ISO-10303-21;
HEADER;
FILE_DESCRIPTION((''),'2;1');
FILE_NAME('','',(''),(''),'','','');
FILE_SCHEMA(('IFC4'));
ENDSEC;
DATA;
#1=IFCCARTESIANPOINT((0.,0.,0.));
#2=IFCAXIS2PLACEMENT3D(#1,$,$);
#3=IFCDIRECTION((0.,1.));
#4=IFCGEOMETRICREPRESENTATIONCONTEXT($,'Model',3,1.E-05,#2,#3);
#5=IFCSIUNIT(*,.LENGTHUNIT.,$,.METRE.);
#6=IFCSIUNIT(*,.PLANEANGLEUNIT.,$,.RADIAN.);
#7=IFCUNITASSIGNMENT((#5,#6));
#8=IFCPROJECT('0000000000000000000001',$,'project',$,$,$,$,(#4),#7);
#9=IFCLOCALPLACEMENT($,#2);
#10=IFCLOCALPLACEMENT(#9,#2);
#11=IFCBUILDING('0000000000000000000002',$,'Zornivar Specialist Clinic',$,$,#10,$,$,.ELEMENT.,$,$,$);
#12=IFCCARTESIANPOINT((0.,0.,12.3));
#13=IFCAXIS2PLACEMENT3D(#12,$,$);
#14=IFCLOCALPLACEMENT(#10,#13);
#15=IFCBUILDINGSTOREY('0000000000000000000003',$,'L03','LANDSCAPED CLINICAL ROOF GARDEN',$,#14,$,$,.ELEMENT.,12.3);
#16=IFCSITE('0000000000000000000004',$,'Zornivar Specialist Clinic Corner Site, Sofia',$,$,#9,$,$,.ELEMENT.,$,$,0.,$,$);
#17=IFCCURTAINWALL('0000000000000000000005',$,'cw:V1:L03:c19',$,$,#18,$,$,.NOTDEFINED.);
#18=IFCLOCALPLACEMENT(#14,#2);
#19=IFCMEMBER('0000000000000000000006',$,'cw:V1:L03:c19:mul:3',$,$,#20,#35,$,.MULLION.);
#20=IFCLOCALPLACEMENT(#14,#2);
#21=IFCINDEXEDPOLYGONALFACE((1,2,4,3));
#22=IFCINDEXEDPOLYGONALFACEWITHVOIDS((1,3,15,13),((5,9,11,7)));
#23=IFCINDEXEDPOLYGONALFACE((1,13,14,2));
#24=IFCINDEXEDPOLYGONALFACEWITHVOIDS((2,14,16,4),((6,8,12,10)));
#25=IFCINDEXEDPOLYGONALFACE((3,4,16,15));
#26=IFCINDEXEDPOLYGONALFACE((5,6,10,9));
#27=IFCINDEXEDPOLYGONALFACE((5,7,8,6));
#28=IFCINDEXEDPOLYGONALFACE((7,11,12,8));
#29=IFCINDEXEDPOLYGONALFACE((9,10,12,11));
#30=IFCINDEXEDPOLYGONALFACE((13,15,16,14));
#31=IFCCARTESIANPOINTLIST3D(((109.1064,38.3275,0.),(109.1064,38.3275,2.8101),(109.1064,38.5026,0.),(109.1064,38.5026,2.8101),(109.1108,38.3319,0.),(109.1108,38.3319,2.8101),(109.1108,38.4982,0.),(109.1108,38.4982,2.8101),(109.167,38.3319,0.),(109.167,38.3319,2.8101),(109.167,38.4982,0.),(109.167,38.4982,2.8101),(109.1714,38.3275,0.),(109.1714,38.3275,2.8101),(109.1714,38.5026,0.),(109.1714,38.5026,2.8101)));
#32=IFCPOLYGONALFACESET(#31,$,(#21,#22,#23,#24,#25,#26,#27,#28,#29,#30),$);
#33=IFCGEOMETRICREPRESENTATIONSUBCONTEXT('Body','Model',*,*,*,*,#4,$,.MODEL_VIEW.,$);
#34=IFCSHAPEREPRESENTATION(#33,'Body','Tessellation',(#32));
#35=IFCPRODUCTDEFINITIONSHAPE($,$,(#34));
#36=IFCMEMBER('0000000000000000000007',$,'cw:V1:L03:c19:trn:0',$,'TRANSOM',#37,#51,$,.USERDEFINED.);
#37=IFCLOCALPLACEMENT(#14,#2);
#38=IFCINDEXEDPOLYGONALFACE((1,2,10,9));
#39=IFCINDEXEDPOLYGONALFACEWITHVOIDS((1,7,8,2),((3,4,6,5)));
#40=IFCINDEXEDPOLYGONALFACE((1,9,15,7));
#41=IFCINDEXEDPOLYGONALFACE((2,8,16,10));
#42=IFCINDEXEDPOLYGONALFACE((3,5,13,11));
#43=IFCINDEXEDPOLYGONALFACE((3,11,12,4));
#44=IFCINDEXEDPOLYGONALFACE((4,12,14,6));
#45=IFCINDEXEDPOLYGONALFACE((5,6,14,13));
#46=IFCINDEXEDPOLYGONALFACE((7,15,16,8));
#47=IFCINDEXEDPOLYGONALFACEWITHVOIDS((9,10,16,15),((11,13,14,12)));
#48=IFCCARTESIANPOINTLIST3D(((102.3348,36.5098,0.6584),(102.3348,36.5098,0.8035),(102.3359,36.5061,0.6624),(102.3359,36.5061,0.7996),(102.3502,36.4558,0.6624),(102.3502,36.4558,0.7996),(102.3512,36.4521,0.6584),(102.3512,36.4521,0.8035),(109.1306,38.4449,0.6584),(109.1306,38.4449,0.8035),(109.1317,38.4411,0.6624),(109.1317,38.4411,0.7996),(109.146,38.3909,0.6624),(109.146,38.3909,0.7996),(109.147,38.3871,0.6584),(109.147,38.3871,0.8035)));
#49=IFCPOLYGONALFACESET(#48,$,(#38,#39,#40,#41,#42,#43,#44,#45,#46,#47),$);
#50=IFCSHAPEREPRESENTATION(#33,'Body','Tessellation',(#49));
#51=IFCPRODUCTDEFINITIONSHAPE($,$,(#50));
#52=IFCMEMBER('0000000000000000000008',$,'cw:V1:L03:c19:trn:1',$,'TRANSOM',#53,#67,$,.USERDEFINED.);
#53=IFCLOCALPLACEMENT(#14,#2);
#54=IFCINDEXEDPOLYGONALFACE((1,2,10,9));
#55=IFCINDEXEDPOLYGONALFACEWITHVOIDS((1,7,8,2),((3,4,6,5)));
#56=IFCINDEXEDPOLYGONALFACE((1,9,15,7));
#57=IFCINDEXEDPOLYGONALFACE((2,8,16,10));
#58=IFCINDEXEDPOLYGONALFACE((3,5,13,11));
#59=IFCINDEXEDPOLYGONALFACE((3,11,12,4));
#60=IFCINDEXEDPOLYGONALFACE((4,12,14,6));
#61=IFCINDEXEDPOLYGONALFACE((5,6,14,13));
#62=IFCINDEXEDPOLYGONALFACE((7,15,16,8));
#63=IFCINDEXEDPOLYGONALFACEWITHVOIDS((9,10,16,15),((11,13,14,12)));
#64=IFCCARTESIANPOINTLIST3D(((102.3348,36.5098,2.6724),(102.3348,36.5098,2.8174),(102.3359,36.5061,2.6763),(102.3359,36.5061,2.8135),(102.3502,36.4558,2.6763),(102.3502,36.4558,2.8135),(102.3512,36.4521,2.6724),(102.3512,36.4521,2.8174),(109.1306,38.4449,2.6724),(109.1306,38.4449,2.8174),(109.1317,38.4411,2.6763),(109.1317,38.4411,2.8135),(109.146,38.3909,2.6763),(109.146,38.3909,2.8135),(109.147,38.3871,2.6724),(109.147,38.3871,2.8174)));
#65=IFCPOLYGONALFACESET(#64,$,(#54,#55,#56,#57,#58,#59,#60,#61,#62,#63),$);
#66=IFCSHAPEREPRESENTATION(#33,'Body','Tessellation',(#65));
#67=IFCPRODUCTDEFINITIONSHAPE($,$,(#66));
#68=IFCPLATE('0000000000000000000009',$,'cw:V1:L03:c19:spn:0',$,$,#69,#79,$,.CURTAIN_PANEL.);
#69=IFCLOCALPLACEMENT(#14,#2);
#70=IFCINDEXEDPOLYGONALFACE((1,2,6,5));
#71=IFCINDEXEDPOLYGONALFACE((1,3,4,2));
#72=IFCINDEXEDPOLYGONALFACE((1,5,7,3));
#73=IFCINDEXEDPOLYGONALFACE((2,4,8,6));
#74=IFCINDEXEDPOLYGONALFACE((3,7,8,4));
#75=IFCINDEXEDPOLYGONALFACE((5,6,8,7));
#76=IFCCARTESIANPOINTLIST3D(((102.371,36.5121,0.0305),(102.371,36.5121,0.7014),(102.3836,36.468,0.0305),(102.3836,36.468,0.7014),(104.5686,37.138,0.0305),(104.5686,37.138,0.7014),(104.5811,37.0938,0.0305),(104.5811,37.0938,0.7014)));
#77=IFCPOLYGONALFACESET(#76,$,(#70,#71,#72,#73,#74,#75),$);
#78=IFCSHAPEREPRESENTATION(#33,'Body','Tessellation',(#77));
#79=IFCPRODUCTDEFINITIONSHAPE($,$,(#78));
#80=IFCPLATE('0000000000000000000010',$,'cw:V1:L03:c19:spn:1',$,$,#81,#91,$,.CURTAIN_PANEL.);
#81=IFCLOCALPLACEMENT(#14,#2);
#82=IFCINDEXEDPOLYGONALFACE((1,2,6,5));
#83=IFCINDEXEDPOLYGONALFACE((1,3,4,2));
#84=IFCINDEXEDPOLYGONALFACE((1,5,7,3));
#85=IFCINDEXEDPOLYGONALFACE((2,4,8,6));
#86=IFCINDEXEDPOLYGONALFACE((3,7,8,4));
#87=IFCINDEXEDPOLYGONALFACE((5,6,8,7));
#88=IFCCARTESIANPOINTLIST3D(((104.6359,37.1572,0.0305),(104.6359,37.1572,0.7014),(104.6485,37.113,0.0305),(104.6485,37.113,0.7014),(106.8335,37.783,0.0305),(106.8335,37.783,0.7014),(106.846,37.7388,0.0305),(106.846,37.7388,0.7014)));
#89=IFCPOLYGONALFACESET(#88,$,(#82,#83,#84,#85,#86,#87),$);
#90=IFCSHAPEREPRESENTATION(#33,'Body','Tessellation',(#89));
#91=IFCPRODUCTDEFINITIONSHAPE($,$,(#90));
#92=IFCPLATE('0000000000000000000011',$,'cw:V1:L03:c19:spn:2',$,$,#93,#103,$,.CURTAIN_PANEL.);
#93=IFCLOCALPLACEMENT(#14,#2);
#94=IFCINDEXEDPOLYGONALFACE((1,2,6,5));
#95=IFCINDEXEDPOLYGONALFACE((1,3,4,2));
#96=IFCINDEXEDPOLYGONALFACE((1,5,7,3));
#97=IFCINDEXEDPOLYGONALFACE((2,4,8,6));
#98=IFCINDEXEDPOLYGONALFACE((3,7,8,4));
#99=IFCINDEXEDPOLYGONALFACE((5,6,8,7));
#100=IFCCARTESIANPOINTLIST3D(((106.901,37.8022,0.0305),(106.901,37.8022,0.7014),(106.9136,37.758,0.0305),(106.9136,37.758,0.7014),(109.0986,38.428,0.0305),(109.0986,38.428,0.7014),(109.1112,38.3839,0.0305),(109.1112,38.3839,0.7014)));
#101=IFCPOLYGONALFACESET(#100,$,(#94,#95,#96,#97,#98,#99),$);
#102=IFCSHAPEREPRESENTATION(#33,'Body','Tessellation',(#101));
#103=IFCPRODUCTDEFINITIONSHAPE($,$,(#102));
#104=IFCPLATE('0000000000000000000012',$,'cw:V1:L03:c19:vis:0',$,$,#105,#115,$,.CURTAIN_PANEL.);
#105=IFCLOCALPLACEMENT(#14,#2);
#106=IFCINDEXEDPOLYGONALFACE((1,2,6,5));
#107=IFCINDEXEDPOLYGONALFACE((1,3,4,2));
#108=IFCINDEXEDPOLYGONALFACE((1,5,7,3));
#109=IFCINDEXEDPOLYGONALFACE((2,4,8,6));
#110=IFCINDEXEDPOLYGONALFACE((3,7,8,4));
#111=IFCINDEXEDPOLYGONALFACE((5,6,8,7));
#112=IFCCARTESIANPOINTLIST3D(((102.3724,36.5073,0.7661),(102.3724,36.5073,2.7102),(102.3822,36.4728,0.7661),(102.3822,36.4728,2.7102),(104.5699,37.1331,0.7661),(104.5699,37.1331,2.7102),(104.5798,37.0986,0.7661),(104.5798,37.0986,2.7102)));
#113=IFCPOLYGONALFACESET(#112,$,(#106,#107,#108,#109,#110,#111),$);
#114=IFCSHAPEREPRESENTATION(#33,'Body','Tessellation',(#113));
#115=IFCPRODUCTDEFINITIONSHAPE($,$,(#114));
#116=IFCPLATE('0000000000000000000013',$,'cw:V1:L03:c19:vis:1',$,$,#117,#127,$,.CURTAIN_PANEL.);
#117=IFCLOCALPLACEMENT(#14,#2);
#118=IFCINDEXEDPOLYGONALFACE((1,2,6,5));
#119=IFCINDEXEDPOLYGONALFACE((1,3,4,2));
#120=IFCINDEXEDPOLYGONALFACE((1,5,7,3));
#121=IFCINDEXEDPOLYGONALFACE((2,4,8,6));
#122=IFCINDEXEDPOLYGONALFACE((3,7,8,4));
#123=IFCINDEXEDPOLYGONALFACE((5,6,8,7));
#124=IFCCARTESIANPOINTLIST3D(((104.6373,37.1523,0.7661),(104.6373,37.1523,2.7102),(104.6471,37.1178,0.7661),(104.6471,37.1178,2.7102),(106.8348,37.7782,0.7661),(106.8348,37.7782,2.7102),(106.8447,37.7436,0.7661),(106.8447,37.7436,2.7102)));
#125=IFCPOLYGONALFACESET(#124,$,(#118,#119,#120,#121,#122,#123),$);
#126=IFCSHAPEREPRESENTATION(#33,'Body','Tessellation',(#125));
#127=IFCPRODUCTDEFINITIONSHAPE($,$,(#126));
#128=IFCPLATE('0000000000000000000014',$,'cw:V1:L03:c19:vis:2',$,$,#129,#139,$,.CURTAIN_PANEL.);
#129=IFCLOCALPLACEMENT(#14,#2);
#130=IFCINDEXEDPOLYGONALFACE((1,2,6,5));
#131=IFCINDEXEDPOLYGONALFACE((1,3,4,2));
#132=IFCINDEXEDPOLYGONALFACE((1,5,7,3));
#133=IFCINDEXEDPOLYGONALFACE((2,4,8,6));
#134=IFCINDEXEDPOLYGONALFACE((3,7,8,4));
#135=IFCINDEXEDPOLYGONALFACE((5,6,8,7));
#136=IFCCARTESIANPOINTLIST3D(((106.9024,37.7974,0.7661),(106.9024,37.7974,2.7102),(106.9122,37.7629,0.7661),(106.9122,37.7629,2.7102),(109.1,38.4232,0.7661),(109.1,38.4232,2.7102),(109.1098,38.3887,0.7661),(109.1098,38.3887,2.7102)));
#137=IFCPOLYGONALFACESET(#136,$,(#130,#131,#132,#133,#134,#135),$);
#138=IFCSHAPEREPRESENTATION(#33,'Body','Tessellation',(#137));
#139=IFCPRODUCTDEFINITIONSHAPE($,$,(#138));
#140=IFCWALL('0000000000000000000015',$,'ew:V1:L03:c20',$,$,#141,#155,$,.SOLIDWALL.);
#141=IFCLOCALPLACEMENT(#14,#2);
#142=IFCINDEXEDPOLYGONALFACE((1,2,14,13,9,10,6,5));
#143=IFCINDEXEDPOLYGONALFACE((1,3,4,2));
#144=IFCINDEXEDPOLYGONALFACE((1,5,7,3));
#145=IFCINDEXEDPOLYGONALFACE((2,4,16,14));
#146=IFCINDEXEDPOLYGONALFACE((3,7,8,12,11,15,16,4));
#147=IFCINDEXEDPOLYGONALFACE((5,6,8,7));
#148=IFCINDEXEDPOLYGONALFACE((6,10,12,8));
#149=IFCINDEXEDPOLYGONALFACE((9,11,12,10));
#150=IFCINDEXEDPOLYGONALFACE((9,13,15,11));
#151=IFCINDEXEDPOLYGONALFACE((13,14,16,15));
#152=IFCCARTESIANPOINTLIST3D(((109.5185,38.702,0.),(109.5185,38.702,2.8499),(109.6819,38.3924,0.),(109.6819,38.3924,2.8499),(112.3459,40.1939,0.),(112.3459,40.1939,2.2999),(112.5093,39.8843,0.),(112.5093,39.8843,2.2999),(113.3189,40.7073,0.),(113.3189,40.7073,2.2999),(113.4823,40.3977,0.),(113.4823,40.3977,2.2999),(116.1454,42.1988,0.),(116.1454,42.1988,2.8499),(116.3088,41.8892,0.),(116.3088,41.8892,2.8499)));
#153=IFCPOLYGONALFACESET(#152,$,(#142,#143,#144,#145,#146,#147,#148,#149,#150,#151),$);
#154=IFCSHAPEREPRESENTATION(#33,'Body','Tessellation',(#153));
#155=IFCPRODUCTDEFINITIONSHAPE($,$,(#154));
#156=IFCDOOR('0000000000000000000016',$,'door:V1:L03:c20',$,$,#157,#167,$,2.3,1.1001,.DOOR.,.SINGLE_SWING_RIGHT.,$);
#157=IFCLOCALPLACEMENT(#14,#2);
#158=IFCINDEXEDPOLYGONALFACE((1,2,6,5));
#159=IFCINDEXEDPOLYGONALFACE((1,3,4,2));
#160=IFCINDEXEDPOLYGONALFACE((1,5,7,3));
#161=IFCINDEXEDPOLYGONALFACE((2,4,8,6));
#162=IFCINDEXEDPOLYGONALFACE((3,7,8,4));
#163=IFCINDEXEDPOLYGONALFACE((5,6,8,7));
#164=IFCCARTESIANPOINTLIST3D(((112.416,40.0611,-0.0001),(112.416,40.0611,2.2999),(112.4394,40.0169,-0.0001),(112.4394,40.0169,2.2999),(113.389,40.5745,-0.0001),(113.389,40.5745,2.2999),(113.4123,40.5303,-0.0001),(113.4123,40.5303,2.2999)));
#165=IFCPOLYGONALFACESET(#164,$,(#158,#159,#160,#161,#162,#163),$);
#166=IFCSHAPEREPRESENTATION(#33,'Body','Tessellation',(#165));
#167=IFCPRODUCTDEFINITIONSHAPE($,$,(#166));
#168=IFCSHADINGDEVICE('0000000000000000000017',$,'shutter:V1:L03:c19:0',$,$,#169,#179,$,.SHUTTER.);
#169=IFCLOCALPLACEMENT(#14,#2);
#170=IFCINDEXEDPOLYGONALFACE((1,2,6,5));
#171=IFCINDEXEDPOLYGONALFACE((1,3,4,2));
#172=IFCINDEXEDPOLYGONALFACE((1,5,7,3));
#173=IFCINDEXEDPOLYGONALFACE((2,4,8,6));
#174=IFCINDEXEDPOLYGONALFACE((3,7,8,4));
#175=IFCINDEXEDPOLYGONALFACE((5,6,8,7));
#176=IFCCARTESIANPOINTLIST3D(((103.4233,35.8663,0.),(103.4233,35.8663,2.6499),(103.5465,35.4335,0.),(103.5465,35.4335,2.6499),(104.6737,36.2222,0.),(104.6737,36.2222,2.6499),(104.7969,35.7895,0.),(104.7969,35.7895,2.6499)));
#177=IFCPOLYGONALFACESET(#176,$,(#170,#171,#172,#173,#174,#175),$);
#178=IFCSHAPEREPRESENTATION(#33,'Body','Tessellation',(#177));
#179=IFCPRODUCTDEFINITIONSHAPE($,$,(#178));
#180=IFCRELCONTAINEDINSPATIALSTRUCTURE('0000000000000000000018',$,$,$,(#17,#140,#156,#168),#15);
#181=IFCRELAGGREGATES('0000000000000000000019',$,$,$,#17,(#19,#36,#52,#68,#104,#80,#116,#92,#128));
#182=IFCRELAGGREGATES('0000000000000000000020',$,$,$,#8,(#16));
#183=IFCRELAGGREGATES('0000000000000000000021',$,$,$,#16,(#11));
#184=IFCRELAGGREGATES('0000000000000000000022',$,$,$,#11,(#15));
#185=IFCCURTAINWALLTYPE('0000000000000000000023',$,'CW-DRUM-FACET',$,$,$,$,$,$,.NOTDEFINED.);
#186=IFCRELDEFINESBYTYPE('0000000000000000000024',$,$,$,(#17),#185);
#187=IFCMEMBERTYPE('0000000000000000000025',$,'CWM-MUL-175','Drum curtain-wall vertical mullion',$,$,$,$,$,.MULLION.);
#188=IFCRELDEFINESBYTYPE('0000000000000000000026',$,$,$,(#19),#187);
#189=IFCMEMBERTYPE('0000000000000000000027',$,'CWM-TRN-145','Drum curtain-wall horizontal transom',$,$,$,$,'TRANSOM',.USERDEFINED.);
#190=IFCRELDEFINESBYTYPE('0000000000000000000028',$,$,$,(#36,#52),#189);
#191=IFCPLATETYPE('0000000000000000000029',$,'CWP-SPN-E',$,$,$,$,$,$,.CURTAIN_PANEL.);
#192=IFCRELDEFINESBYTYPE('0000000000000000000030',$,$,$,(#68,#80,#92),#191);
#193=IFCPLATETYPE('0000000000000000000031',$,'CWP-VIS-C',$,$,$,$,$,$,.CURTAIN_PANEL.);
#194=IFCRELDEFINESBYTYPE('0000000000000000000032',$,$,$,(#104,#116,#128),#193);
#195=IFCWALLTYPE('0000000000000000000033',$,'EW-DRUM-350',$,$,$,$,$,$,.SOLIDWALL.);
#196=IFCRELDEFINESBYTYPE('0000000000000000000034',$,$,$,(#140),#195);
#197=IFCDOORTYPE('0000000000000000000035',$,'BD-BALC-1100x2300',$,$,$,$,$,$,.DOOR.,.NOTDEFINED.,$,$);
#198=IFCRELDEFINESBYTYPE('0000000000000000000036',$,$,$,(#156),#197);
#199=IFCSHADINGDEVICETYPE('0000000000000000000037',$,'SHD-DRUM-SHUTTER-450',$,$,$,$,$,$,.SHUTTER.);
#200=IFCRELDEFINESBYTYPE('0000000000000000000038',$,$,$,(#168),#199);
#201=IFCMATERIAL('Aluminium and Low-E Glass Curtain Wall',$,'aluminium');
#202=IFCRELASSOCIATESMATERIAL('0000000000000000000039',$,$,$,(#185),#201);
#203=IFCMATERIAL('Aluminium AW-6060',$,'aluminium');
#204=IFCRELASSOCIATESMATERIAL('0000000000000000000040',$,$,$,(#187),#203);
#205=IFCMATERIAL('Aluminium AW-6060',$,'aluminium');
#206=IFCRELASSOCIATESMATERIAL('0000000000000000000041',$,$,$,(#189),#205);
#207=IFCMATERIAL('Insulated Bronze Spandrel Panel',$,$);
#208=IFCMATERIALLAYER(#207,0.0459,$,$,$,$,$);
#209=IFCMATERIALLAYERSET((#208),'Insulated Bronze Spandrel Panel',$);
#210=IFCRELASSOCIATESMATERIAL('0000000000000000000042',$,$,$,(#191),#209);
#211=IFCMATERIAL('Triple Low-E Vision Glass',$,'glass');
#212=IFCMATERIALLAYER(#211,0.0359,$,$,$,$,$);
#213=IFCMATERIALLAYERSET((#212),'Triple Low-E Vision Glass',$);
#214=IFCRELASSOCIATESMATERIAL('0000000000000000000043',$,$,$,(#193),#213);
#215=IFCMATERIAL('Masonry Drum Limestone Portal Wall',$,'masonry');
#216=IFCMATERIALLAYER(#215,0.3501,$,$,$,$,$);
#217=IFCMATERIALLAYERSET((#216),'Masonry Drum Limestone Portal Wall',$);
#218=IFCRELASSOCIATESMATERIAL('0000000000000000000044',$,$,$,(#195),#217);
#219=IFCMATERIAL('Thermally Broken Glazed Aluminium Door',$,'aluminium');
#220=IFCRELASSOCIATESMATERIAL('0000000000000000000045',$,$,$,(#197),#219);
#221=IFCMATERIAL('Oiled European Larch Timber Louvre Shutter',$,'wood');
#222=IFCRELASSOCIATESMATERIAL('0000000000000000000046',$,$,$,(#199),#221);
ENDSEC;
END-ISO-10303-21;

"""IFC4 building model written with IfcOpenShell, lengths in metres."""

from ifc_helpers import new_model, si_unit, direction, frame, frame_2d, origin, origin_2d, place, context, subcontext, project, spatial, rectangle, hollow_rectangle, extrude, material, layer, layer_set, material_profile, profile_set, type_object, element, fill, aggregate, save


model = new_model("IFC4")

# Units and contexts
model_context = context("Model", 3, precision=1e-05, world=origin(), true_north=direction((0.0, 1.0)))
body_context = subcontext(model_context, "Body", "Model", "MODEL_VIEW")
ifc_project = project(units=[si_unit("LENGTHUNIT", "METRE"), si_unit("PLANEANGLEUNIT", "RADIAN")], contexts=[model_context])

# Site, building, storey
site_placement = place(None, origin())
site = spatial("IfcSite", under=ifc_project, at=site_placement, Name="Zornivar Specialist Clinic Corner Site, Sofia", CompositionType="ELEMENT", RefElevation=0.0)
building_placement = place(site_placement, origin())
building = spatial("IfcBuilding", under=site, at=building_placement, Name="Zornivar Specialist Clinic", CompositionType="ELEMENT")
storey_placement = place(building_placement, frame((0.0, 0.0, 12.3)))
storey = spatial("IfcBuildingStorey", under=building, at=storey_placement, Name="L03", Description="LANDSCAPED CLINICAL ROOF GARDEN", CompositionType="ELEMENT", Elevation=12.3)

# Curtain wall, members, plates
ifc_material_1 = material(Name="Aluminium and Low-E Glass Curtain Wall", Category="aluminium")
curtain_wall_type = type_object("IfcCurtainWallType", Name="CW-DRUM-FACET", PredefinedType="NOTDEFINED", material=ifc_material_1)
curtain_wall_placement = place(storey_placement, origin())
curtain_wall = element("IfcCurtainWall", 1, at=curtain_wall_placement, inside=storey, type_object=curtain_wall_type, Name="cw:V1:L03:c19", PredefinedType="NOTDEFINED")
ifc_material_2 = material(Name="Aluminium AW-6060", Category="aluminium")
ifc_material_profile_1 = material_profile(ifc_material_2, hollow_rectangle(XDim=0.0649, YDim=0.175, WallThickness=0.0044, at=origin_2d()), Name="ALU 65x175x4.5")
ifc_profile_set_1 = profile_set([ifc_material_profile_1], Name="Aluminium AW-6060")
member_type_1 = type_object("IfcMemberType", Name="CWM-MUL-175", Description="Drum curtain-wall vertical mullion", PredefinedType="MULLION", material=ifc_profile_set_1)
member_1_placement = place(storey_placement, frame((109.1389, 38.415, 0.0), z_axis=(0.0, 0.0, 1.0), x_axis=(1.0, 0.0, 0.0)))
member_1 = element("IfcMember", 2, at=member_1_placement, type_object=member_type_1, Name="cw:V1:L03:c19:mul:3", PredefinedType="MULLION", context=body_context, shape_type="SweptSolid", body=[
    extrude(hollow_rectangle(XDim=0.0649, YDim=0.175, WallThickness=0.0044, at=origin_2d()), origin(), (0.0, 0.0, 1.0), 2.8101),
])
ifc_material_3 = material(Name="Aluminium AW-6060", Category="aluminium")
ifc_material_profile_2 = material_profile(ifc_material_3, hollow_rectangle(XDim=0.0601, YDim=0.145, WallThickness=0.0039, at=origin_2d()), Name="ALU 60x145x4")
ifc_profile_set_2 = profile_set([ifc_material_profile_2], Name="Aluminium AW-6060")
member_type_2 = type_object("IfcMemberType", Name="CWM-TRN-145", Description="Drum curtain-wall horizontal transom", ElementType="TRANSOM", PredefinedType="USERDEFINED", material=ifc_profile_set_2)
member_2_placement = place(storey_placement, frame((102.343, 36.481, 0.731), z_axis=(0.961771, 0.273854, 0.0), x_axis=(-0.273854, 0.961771, 0.0)))
member_2 = element("IfcMember", 3, at=member_2_placement, type_object=member_type_2, Name="cw:V1:L03:c19:trn:0", ObjectType="TRANSOM", PredefinedType="USERDEFINED", context=body_context, shape_type="SweptSolid", body=[
    extrude(hollow_rectangle(XDim=0.0601, YDim=0.145, WallThickness=0.0039, at=origin_2d()), origin(), (0.0, 0.0, 1.0), 7.0659),
])
member_3_placement = place(storey_placement, frame((102.343, 36.481, 2.7449), z_axis=(0.961771, 0.273854, 0.0), x_axis=(-0.273854, 0.961771, 0.0)))
member_3 = element("IfcMember", 4, at=member_3_placement, type_object=member_type_2, Name="cw:V1:L03:c19:trn:1", ObjectType="TRANSOM", PredefinedType="USERDEFINED", context=body_context, shape_type="SweptSolid", body=[
    extrude(hollow_rectangle(XDim=0.0601, YDim=0.145, WallThickness=0.0039, at=origin_2d()), origin(), (0.0, 0.0, 1.0), 7.0659),
])
ifc_material_4 = material(Name="Insulated Bronze Spandrel Panel")
ifc_layer_1 = layer(ifc_material_4, 0.0459)
ifc_layer_set_1 = layer_set([ifc_layer_1], Name="Insulated Bronze Spandrel Panel")
plate_type_1 = type_object("IfcPlateType", Name="CWP-SPN-E", PredefinedType="CURTAIN_PANEL", material=ifc_layer_set_1)
plate_1_placement = place(storey_placement, frame((103.4761, 36.803, 0.0305), z_axis=(0.0, 0.0, 1.0), x_axis=(0.961761, 0.273889, 0.0)))
plate_1 = element("IfcPlate", 5, at=plate_1_placement, type_object=plate_type_1, Name="cw:V1:L03:c19:spn:0", PredefinedType="CURTAIN_PANEL", context=body_context, shape_type="SweptSolid", body=[
    extrude(rectangle(XDim=2.2849, YDim=0.0459, at=origin_2d()), origin(), (0.0, 0.0, 1.0), 0.6709),
])
plate_2_placement = place(storey_placement, frame((105.741, 37.448, 0.0305), z_axis=(0.0, 0.0, 1.0), x_axis=(0.961761, 0.273889, 0.0)))
plate_2 = element("IfcPlate", 6, at=plate_2_placement, type_object=plate_type_1, Name="cw:V1:L03:c19:spn:1", PredefinedType="CURTAIN_PANEL", context=body_context, shape_type="SweptSolid", body=[
    extrude(rectangle(XDim=2.2849, YDim=0.0459, at=origin_2d()), origin(), (0.0, 0.0, 1.0), 0.6709),
])
plate_3_placement = place(storey_placement, frame((108.0061, 38.093, 0.0305), z_axis=(0.0, 0.0, 1.0), x_axis=(0.961761, 0.273889, 0.0)))
plate_3 = element("IfcPlate", 7, at=plate_3_placement, type_object=plate_type_1, Name="cw:V1:L03:c19:spn:2", PredefinedType="CURTAIN_PANEL", context=body_context, shape_type="SweptSolid", body=[
    extrude(rectangle(XDim=2.2849, YDim=0.0459, at=origin_2d()), origin(), (0.0, 0.0, 1.0), 0.6709),
])
ifc_material_5 = material(Name="Triple Low-E Vision Glass", Category="glass")
ifc_layer_2 = layer(ifc_material_5, 0.0359)
ifc_layer_set_2 = layer_set([ifc_layer_2], Name="Triple Low-E Vision Glass")
plate_type_2 = type_object("IfcPlateType", Name="CWP-VIS-C", PredefinedType="CURTAIN_PANEL", material=ifc_layer_set_2)
plate_4_placement = place(storey_placement, frame((103.4761, 36.803, 0.7661), z_axis=(0.0, 0.0, 1.0), x_axis=(0.961761, 0.273889, 0.0)))
plate_4 = element("IfcPlate", 8, at=plate_4_placement, type_object=plate_type_2, Name="cw:V1:L03:c19:vis:0", PredefinedType="CURTAIN_PANEL", context=body_context, shape_type="SweptSolid", body=[
    extrude(rectangle(XDim=2.2849, YDim=0.0359, at=origin_2d()), origin(), (0.0, 0.0, 1.0), 1.9441),
])
plate_5_placement = place(storey_placement, frame((105.741, 37.448, 0.7661), z_axis=(0.0, 0.0, 1.0), x_axis=(0.961761, 0.273889, 0.0)))
plate_5 = element("IfcPlate", 9, at=plate_5_placement, type_object=plate_type_2, Name="cw:V1:L03:c19:vis:1", PredefinedType="CURTAIN_PANEL", context=body_context, shape_type="SweptSolid", body=[
    extrude(rectangle(XDim=2.2849, YDim=0.0359, at=origin_2d()), origin(), (0.0, 0.0, 1.0), 1.9441),
])
plate_6_placement = place(storey_placement, frame((108.0061, 38.093, 0.7661), z_axis=(0.0, 0.0, 1.0), x_axis=(0.961761, 0.273889, 0.0)))
plate_6 = element("IfcPlate", 10, at=plate_6_placement, type_object=plate_type_2, Name="cw:V1:L03:c19:vis:2", PredefinedType="CURTAIN_PANEL", context=body_context, shape_type="SweptSolid", body=[
    extrude(rectangle(XDim=2.2849, YDim=0.0359, at=origin_2d()), origin(), (0.0, 0.0, 1.0), 1.9441),
])
aggregate(curtain_wall, [member_1, member_2, member_3, plate_1, plate_4, plate_2, plate_5, plate_3, plate_6])

# Wall, opening, door
ifc_material_6 = material(Name="Masonry Drum Limestone Portal Wall", Category="masonry")
ifc_layer_3 = layer(ifc_material_6, 0.3501)
ifc_layer_set_3 = layer_set([ifc_layer_3], Name="Masonry Drum Limestone Portal Wall")
wall_type = type_object("IfcWallType", Name="EW-DRUM-350", PredefinedType="SOLIDWALL", material=ifc_layer_set_3)
wall_placement = place(storey_placement, frame((109.6001, 38.5471, 0.0), z_axis=(0.0, 0.0, 1.0), x_axis=(0.884425, 0.466682, 0.0)))
wall = element("IfcWall", 11, at=wall_placement, inside=storey, type_object=wall_type, Name="ew:V1:L03:c20", PredefinedType="SOLIDWALL", context=body_context, shape_type="SweptSolid", body=[
    extrude(rectangle(XDim=7.4929, YDim=0.3501, at=frame_2d((3.7466, 0.0))), origin(), (0.0, 0.0, 1.0), 2.8499),
])
opening_placement = place(wall_placement, frame((3.197, 0.0, 0.0)))
opening = element("IfcOpeningElement", 12, at=opening_placement, cuts=wall, PredefinedType="OPENING", context=body_context, shape_type="SweptSolid", body=[
    extrude(rectangle(XDim=1.1001, YDim=2.3, at=frame_2d((0.55, 1.1499))), frame((0.0, 0.1851, 0.0), z_axis=(0.0, -1.0, 0.0), x_axis=(1.0, 0.0, 0.0)), (0.0, 0.0, 1.0), 0.3701),
])
ifc_material_7 = material(Name="Thermally Broken Glazed Aluminium Door", Category="aluminium")
door_type = type_object("IfcDoorType", Name="BD-BALC-1100x2300", OperationType="NOTDEFINED", PredefinedType="DOOR", material=ifc_material_7)
door_placement = place(opening_placement, origin())
door = element("IfcDoor", 13, at=door_placement, inside=storey, type_object=door_type, Name="door:V1:L03:c20", OperationType="SINGLE_SWING_RIGHT", OverallHeight=2.3, OverallWidth=1.1001, PredefinedType="DOOR", context=body_context, shape_type="SweptSolid", body=[
    extrude(rectangle(XDim=1.1001, YDim=2.3, at=frame_2d((0.55, 1.1499))), frame((0.0, 0.0249, 0.0), z_axis=(0.0, -1.0, 0.0), x_axis=(1.0, 0.0, 0.0)), (0.0, 0.0, 1.0), 0.05),
])
fill(opening, door)

# Shading device
ifc_material_8 = material(Name="Oiled European Larch Timber Louvre Shutter", Category="wood")
shading_device_type = type_object("IfcShadingDeviceType", Name="SHD-DRUM-SHUTTER-450", PredefinedType="SHUTTER", material=ifc_material_8)
for number, where, z_axis, x_axis, name in (
    (14, (104.1101, 35.8279, 0.0), (0.0, 0.0, 1.0), (0.961785, 0.273805, 0.0), "shutter:V1:L03:c19:0"),
):
    element("IfcShadingDevice", number, at=place(storey_placement, frame(where, z_axis=z_axis, x_axis=x_axis)), inside=storey, type_object=shading_device_type, Name=name, PredefinedType="SHUTTER", context=body_context, shape_type="SweptSolid", body=[
        extrude(rectangle(XDim=1.3, YDim=0.45, at=origin_2d()), origin(), (0.0, 0.0, 1.0), 2.6499),
    ])

save(model, "model.ifc")
